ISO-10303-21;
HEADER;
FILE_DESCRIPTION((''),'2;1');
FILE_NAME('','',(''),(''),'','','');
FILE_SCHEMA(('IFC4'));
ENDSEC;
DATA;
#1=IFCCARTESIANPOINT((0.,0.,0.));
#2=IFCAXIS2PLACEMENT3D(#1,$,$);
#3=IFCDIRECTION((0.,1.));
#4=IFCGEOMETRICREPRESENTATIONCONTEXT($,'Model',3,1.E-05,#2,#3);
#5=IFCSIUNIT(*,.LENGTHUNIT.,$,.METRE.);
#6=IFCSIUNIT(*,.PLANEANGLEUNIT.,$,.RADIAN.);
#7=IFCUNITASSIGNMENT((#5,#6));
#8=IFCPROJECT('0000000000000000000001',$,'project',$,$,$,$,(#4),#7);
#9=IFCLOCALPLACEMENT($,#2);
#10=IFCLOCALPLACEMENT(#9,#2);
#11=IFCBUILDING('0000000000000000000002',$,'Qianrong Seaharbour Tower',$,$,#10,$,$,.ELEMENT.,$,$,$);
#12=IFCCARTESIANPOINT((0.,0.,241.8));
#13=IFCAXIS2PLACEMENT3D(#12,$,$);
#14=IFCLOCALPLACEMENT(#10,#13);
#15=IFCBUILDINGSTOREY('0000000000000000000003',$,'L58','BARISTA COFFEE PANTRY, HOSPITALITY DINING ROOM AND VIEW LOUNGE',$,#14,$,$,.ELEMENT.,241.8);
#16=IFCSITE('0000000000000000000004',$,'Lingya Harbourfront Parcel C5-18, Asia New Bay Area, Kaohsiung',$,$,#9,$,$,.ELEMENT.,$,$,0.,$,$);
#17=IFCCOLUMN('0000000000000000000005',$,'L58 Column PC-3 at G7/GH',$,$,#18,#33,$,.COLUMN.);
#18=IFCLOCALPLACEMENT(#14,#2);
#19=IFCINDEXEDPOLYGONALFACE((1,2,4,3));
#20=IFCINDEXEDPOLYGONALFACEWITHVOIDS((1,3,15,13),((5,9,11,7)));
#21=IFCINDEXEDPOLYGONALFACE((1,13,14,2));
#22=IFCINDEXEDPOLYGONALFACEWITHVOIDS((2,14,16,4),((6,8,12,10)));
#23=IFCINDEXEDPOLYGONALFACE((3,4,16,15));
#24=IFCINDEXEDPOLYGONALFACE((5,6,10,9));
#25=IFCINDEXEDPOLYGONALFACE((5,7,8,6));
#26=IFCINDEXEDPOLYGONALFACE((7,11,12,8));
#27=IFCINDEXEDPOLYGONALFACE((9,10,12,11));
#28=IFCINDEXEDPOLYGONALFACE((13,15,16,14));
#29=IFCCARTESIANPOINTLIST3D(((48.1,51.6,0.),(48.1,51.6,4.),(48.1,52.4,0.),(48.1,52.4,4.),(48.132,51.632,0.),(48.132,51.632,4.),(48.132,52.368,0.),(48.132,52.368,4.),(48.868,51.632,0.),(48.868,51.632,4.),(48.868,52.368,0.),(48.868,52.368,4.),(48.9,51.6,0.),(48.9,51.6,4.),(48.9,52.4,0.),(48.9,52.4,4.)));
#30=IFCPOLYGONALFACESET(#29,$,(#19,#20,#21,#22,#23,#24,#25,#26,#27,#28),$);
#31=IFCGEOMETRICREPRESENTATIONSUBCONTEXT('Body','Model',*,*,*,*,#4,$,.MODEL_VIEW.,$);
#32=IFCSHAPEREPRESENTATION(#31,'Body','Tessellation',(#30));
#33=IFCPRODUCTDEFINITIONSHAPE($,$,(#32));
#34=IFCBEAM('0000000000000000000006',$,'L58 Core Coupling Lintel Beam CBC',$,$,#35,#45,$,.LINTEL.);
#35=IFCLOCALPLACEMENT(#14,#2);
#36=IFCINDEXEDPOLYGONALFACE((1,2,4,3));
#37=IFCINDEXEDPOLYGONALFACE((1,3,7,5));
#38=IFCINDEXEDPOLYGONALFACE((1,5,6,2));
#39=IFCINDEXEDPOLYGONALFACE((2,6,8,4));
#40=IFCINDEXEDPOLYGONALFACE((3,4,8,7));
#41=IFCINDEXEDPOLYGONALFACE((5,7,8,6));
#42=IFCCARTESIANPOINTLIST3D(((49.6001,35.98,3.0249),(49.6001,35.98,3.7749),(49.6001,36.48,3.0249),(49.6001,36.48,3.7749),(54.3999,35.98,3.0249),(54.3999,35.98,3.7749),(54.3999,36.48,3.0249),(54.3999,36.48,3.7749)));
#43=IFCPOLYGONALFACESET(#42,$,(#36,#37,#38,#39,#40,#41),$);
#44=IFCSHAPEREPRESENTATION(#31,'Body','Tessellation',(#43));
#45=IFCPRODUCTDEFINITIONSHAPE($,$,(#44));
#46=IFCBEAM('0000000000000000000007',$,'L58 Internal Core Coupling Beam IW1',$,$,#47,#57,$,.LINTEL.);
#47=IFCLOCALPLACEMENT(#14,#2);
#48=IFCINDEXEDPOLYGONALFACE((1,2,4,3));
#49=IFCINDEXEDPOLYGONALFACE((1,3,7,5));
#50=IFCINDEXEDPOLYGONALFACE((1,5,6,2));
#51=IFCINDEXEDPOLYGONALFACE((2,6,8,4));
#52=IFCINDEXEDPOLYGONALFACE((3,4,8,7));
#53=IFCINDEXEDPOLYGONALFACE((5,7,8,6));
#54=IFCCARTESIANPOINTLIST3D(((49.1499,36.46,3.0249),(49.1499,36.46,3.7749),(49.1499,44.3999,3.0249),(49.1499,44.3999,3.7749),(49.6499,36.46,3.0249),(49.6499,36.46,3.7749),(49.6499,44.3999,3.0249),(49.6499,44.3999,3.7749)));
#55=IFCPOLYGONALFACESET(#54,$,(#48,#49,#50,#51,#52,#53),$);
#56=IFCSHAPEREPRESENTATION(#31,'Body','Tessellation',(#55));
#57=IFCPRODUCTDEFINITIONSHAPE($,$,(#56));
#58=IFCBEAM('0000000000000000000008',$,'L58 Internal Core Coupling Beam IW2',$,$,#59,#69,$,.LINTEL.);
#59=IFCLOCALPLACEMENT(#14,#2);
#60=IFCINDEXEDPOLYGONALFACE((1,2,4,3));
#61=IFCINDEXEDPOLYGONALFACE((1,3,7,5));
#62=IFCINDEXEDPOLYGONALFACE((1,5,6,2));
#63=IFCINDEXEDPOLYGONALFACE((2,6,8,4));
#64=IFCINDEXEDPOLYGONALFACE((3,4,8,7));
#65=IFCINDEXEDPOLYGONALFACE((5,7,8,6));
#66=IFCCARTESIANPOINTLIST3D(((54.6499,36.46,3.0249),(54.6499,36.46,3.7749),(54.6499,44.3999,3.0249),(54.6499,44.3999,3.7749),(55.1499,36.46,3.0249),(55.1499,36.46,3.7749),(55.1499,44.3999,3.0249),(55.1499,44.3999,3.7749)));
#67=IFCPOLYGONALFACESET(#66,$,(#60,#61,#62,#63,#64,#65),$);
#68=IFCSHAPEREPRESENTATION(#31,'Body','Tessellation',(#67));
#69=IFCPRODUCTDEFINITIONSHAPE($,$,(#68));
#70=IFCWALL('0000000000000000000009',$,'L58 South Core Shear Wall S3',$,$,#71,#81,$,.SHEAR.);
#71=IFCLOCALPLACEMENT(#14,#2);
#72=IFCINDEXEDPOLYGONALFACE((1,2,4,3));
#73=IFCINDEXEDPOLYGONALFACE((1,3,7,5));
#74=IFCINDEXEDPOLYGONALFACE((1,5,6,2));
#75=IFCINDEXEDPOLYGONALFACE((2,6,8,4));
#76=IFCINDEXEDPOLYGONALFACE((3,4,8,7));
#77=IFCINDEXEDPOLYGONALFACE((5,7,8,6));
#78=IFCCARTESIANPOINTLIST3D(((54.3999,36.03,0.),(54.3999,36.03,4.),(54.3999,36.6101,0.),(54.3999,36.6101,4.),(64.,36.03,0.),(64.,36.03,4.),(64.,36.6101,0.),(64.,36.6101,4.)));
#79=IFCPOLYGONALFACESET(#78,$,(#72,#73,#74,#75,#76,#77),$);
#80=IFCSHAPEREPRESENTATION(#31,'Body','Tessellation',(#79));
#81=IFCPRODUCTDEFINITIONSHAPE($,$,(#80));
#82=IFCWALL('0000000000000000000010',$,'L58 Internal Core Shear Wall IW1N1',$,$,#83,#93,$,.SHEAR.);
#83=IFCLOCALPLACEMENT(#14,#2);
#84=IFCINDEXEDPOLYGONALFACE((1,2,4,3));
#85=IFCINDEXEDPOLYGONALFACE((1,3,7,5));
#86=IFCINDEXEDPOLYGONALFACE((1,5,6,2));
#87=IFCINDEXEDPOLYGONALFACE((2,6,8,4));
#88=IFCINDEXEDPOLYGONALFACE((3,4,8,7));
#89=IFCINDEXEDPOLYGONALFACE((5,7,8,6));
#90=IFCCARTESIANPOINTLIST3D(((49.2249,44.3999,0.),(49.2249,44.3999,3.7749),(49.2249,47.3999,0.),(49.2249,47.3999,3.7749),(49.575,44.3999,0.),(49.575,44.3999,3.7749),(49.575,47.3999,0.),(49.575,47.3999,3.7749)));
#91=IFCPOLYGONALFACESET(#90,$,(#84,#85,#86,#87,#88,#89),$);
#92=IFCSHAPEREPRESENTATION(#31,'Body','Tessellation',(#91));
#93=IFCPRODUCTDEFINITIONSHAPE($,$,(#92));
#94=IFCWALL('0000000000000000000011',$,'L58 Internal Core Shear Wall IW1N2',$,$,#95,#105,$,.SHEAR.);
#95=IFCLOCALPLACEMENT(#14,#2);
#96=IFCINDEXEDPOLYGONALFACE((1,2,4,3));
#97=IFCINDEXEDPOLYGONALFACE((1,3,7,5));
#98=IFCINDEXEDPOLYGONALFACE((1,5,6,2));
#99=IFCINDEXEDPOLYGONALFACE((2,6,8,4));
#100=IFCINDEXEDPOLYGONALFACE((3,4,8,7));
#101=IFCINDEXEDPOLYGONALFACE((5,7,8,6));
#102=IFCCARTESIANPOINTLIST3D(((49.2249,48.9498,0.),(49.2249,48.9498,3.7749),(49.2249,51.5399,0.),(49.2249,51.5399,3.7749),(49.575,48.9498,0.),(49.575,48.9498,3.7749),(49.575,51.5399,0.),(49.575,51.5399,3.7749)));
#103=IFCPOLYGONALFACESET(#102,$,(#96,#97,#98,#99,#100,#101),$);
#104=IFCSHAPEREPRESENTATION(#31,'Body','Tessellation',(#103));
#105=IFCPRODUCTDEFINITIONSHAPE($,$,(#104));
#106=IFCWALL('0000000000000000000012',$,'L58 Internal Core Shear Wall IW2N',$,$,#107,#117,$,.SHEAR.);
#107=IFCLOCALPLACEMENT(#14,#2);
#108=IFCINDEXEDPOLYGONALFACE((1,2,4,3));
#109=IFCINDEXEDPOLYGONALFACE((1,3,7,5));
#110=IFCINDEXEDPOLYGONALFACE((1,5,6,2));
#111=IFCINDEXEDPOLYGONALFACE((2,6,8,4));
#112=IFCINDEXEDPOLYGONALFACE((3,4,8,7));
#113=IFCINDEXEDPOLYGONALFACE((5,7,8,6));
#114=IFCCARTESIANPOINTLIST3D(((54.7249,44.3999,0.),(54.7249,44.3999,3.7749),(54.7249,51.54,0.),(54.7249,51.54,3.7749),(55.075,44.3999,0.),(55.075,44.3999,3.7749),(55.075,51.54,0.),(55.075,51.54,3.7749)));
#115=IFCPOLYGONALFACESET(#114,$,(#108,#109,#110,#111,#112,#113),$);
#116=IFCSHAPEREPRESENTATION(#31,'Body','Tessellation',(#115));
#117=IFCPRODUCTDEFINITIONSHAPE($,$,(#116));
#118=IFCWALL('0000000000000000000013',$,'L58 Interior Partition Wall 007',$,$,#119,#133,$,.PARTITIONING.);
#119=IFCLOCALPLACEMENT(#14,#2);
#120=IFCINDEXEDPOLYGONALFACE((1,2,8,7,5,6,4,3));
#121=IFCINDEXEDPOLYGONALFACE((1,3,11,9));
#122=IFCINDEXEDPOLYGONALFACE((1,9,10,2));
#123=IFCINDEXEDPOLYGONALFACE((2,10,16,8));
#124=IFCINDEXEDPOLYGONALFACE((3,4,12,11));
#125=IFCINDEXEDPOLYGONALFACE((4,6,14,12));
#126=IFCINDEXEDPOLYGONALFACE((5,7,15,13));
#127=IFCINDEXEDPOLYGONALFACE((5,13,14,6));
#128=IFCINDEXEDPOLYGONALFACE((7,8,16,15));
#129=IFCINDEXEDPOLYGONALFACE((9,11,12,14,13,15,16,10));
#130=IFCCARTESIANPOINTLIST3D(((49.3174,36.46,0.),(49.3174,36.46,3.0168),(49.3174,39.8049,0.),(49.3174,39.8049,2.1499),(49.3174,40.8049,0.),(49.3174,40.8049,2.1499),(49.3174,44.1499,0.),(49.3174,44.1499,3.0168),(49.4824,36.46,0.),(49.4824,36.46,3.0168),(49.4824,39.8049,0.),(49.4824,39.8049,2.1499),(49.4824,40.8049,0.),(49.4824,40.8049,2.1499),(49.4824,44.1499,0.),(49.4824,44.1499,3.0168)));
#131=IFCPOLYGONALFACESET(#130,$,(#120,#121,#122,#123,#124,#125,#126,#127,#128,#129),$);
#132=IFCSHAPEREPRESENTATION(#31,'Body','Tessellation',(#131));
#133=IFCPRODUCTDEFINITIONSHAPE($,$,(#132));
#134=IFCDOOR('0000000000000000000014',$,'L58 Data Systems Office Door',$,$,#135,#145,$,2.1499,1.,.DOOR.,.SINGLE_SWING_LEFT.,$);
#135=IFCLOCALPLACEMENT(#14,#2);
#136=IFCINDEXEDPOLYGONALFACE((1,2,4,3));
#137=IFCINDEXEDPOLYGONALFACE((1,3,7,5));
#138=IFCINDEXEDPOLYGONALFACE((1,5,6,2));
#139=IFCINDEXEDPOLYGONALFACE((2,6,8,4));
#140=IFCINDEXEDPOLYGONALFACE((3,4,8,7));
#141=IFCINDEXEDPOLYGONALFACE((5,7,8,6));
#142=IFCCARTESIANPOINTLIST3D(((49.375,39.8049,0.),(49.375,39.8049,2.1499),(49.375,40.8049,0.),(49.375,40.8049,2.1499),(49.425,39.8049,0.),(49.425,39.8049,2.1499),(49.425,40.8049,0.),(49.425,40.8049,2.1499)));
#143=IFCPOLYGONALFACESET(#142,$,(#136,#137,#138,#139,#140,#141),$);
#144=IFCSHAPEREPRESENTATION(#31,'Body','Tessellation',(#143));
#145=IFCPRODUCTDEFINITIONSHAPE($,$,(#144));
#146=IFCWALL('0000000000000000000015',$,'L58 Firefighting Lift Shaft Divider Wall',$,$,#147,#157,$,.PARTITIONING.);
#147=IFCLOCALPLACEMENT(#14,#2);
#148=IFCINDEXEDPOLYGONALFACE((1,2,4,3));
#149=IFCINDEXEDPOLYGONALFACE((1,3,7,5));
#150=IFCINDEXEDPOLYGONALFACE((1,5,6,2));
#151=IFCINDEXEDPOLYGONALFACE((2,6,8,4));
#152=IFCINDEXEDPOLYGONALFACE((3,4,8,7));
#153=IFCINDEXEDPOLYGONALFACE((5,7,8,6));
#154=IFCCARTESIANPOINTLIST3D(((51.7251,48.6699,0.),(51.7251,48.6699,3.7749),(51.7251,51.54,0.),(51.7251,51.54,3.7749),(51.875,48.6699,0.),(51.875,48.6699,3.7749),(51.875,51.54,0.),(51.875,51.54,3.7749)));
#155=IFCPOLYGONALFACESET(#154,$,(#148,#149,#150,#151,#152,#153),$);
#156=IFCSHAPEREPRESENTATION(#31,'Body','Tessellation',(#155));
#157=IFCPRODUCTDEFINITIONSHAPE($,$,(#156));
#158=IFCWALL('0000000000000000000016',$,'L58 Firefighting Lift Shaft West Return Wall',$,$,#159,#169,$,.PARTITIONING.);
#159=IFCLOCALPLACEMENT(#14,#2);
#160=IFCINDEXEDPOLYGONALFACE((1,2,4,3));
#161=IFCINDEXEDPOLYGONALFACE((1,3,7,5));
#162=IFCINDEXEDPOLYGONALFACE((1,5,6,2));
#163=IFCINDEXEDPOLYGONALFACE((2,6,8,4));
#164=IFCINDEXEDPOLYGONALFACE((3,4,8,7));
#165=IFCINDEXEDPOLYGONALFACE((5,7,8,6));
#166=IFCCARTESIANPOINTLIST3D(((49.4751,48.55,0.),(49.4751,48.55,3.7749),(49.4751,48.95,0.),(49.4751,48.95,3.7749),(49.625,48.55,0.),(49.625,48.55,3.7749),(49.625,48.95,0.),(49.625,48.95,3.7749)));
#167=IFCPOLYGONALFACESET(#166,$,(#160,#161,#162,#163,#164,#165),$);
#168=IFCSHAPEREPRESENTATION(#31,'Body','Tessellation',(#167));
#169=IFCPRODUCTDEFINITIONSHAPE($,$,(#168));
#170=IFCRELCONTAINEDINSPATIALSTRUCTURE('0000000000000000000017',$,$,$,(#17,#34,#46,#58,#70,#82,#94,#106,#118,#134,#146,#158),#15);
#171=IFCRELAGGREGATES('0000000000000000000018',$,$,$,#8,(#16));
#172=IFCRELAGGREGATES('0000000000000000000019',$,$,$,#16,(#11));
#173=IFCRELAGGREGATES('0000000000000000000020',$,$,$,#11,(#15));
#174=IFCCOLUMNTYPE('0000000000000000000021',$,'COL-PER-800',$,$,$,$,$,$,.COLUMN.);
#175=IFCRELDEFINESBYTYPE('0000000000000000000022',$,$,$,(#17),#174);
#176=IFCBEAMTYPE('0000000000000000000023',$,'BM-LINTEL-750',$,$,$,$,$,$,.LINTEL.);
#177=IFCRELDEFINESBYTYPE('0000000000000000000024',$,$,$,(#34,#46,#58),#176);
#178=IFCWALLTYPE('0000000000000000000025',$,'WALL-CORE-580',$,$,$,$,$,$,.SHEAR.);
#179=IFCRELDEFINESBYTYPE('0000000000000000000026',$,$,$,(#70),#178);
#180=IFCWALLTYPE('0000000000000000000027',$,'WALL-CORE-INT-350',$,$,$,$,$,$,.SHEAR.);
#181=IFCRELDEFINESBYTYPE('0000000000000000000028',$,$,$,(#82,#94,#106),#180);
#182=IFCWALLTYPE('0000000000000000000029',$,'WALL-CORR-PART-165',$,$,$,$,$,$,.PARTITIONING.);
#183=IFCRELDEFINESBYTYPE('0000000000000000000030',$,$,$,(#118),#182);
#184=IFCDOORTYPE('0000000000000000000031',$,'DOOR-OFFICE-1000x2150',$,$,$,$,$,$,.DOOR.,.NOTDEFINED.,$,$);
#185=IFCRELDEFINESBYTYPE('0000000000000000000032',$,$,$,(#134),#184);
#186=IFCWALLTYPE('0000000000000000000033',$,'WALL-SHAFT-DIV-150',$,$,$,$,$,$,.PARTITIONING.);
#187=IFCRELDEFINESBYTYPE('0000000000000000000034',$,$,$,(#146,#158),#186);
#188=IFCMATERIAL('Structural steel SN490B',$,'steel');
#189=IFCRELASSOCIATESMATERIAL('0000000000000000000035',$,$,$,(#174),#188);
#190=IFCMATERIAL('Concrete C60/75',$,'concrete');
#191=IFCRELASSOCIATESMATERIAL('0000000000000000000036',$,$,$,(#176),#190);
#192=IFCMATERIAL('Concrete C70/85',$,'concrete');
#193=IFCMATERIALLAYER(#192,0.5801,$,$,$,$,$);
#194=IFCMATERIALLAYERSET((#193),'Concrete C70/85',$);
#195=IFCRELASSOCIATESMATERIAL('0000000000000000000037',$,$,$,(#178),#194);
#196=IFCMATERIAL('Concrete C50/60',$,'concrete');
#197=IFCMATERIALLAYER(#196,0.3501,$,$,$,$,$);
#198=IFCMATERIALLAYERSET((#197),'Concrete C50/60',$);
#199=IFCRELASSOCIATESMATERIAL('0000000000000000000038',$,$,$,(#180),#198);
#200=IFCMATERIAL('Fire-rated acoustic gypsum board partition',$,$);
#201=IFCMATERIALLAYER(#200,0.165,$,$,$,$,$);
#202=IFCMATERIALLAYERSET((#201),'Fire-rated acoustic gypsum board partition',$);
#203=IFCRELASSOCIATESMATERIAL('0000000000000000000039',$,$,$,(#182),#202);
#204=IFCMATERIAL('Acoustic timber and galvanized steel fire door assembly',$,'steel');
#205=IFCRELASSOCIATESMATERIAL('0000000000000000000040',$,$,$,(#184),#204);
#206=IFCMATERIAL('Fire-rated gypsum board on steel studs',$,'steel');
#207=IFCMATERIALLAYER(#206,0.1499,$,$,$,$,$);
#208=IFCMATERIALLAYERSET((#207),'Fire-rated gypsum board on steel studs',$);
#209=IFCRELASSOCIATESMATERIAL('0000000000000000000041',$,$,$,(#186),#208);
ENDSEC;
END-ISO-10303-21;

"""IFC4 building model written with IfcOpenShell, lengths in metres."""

from ifc_helpers import new_model, si_unit, direction, frame, frame_2d, origin, origin_2d, place, context, subcontext, project, spatial, rectangle, hollow_rectangle, extrude, material, layer, layer_set, material_profile, profile_set, type_object, element, fill, save


model = new_model("IFC4")

# Units and contexts
model_context = context("Model", 3, precision=1e-05, world=origin(), true_north=direction((0.0, 1.0)))
body_context = subcontext(model_context, "Body", "Model", "MODEL_VIEW")
ifc_project = project(units=[si_unit("LENGTHUNIT", "METRE"), si_unit("PLANEANGLEUNIT", "RADIAN")], contexts=[model_context])

# Site, building, storey
site_placement = place(None, origin())
site = spatial("IfcSite", under=ifc_project, at=site_placement, Name="Lingya Harbourfront Parcel C5-18, Asia New Bay Area, Kaohsiung", CompositionType="ELEMENT", RefElevation=0.0)
building_placement = place(site_placement, origin())
building = spatial("IfcBuilding", under=site, at=building_placement, Name="Qianrong Seaharbour Tower", CompositionType="ELEMENT")
storey_placement = place(building_placement, frame((0.0, 0.0, 241.8)))
storey = spatial("IfcBuildingStorey", under=building, at=storey_placement, Name="L58", Description="BARISTA COFFEE PANTRY, HOSPITALITY DINING ROOM AND VIEW LOUNGE", CompositionType="ELEMENT", Elevation=241.8)

# Column
ifc_material_1 = material(Name="Structural steel SN490B", Category="steel")
ifc_material_profile_1 = material_profile(ifc_material_1, hollow_rectangle(XDim=0.8, YDim=0.8, WallThickness=0.032, at=origin_2d()), Name="BOX800x800x32")
ifc_profile_set_1 = profile_set([ifc_material_profile_1], Name="Structural steel SN490B")
column_type = type_object("IfcColumnType", Name="COL-PER-800", PredefinedType="COLUMN", material=ifc_profile_set_1)
column_placement = place(storey_placement, frame((48.5, 52.0, 0.0), z_axis=(0.0, 0.0, 1.0), x_axis=(1.0, 0.0, 0.0)))
element("IfcColumn", 1, at=column_placement, inside=storey, type_object=column_type, Name="L58 Column PC-3 at G7/GH", PredefinedType="COLUMN", context=body_context, shape_type="SweptSolid", body=[
    extrude(hollow_rectangle(XDim=0.8, YDim=0.8, WallThickness=0.032, at=origin_2d()), origin(), (0.0, 0.0, 1.0), 4.0),
])

# Beams
ifc_material_2 = material(Name="Concrete C60/75", Category="concrete")
ifc_material_profile_2 = material_profile(ifc_material_2, rectangle(XDim=0.5, YDim=0.75, at=origin_2d()), Name="RC500x750")
ifc_profile_set_2 = profile_set([ifc_material_profile_2], Name="Concrete C60/75")
beam_type = type_object("IfcBeamType", Name="BM-LINTEL-750", PredefinedType="LINTEL", material=ifc_profile_set_2)
beam_placement = place(storey_placement, frame((49.6001, 36.23, 3.3999), z_axis=(1.0, 0.0, 0.0), x_axis=(0.0, 1.0, 0.0)))
element("IfcBeam", 2, at=beam_placement, inside=storey, type_object=beam_type, Name="L58 Core Coupling Lintel Beam CBC", PredefinedType="LINTEL", context=body_context, shape_type="SweptSolid", body=[
    extrude(rectangle(XDim=0.5, YDim=0.75, at=origin_2d()), origin(), (0.0, 0.0, 1.0), 4.7998),
])
for number, where, z_axis, x_axis, name in (
    (3, (49.3999, 36.46, 3.3999), (0.0, 1.0, 0.0), (-1.0, 0.0, 0.0), "L58 Internal Core Coupling Beam IW1"),
    (4, (54.8999, 36.46, 3.3999), (0.0, 1.0, 0.0), (-1.0, 0.0, 0.0), "L58 Internal Core Coupling Beam IW2"),
):
    element("IfcBeam", number, at=place(storey_placement, frame(where, z_axis=z_axis, x_axis=x_axis)), inside=storey, type_object=beam_type, Name=name, PredefinedType="LINTEL", context=body_context, shape_type="SweptSolid", body=[
        extrude(rectangle(XDim=0.5, YDim=0.75, at=origin_2d()), origin(), (0.0, 0.0, 1.0), 7.9399),
    ])

# Walls
ifc_material_3 = material(Name="Concrete C70/85", Category="concrete")
ifc_layer_1 = layer(ifc_material_3, 0.5801)
ifc_layer_set_1 = layer_set([ifc_layer_1], Name="Concrete C70/85")
wall_type_1 = type_object("IfcWallType", Name="WALL-CORE-580", PredefinedType="SHEAR", material=ifc_layer_set_1)
wall_1_placement = place(storey_placement, frame((54.3999, 36.3201, 0.0), z_axis=(0.0, 0.0, 1.0), x_axis=(1.0, 0.0, 0.0)))
element("IfcWall", 5, at=wall_1_placement, inside=storey, type_object=wall_type_1, Name="L58 South Core Shear Wall S3", PredefinedType="SHEAR", context=body_context, shape_type="SweptSolid", body=[
    extrude(rectangle(XDim=9.6001, YDim=0.5801, at=frame_2d((4.8, 0.0))), origin(), (0.0, 0.0, 1.0), 4.0),
])
ifc_material_4 = material(Name="Concrete C50/60", Category="concrete")
ifc_layer_2 = layer(ifc_material_4, 0.3501)
ifc_layer_set_2 = layer_set([ifc_layer_2], Name="Concrete C50/60")
wall_type_2 = type_object("IfcWallType", Name="WALL-CORE-INT-350", PredefinedType="SHEAR", material=ifc_layer_set_2)
wall_2_placement = place(storey_placement, frame((49.3999, 44.3999, 0.0), z_axis=(0.0, 0.0, 1.0), x_axis=(0.0, 1.0, 0.0)))
element("IfcWall", 6, at=wall_2_placement, inside=storey, type_object=wall_type_2, Name="L58 Internal Core Shear Wall IW1N1", PredefinedType="SHEAR", context=body_context, shape_type="SweptSolid", body=[
    extrude(rectangle(XDim=3.0, YDim=0.3501, at=frame_2d((1.5, 0.0))), origin(), (0.0, 0.0, 1.0), 3.7749),
])
wall_3_placement = place(storey_placement, frame((49.3999, 48.95, 0.0), z_axis=(0.0, 0.0, 1.0), x_axis=(0.0, 1.0, 0.0)))
element("IfcWall", 7, at=wall_3_placement, inside=storey, type_object=wall_type_2, Name="L58 Internal Core Shear Wall IW1N2", PredefinedType="SHEAR", context=body_context, shape_type="SweptSolid", body=[
    extrude(rectangle(XDim=2.5901, YDim=0.3501, at=frame_2d((1.2949, 0.0))), origin(), (0.0, 0.0, 1.0), 3.7749),
])
wall_4_placement = place(storey_placement, frame((54.8999, 44.3999, 0.0), z_axis=(0.0, 0.0, 1.0), x_axis=(0.0, 1.0, 0.0)))
element("IfcWall", 8, at=wall_4_placement, inside=storey, type_object=wall_type_2, Name="L58 Internal Core Shear Wall IW2N", PredefinedType="SHEAR", context=body_context, shape_type="SweptSolid", body=[
    extrude(rectangle(XDim=7.1401, YDim=0.3501, at=frame_2d((3.5701, 0.0))), origin(), (0.0, 0.0, 1.0), 3.7749),
])

# Wall, opening, door
ifc_material_5 = material(Name="Fire-rated acoustic gypsum board partition")
ifc_layer_3 = layer(ifc_material_5, 0.165)
ifc_layer_set_3 = layer_set([ifc_layer_3], Name="Fire-rated acoustic gypsum board partition")
wall_type_3 = type_object("IfcWallType", Name="WALL-CORR-PART-165", PredefinedType="PARTITIONING", material=ifc_layer_set_3)
ifc_material_6 = material(Name="Acoustic timber and galvanized steel fire door assembly", Category="steel")
wall_5_placement = place(storey_placement, frame((49.3999, 36.46, 0.0), z_axis=(0.0, 0.0, 1.0), x_axis=(0.0, 1.0, 0.0)))
wall_5 = element("IfcWall", 9, at=wall_5_placement, inside=storey, type_object=wall_type_3, Name="L58 Interior Partition Wall 007", PredefinedType="PARTITIONING", context=body_context, shape_type="SweptSolid", body=[
    extrude(rectangle(XDim=7.6899, YDim=0.165, at=frame_2d((3.845, 0.0))), origin(), (0.0, 0.0, 1.0), 3.0168),
])
opening_1_placement = place(wall_5_placement, frame((3.345, 0.0, 0.0)))
opening_1 = element("IfcOpeningElement", 10, at=opening_1_placement, cuts=wall_5, PredefinedType="OPENING", context=body_context, shape_type="SweptSolid", body=[
    extrude(rectangle(XDim=1.0, YDim=2.1499, at=frame_2d((0.5, 1.075))), frame((0.0, 0.0925, 0.0), z_axis=(0.0, -1.0, 0.0), x_axis=(1.0, 0.0, 0.0)), (0.0, 0.0, 1.0), 0.1851),
])
door_type_1 = type_object("IfcDoorType", Name="DOOR-OFFICE-1000x2150", OperationType="NOTDEFINED", PredefinedType="DOOR", material=ifc_material_6)
door_1_placement = place(opening_1_placement, origin())
door_1 = element("IfcDoor", 11, at=door_1_placement, inside=storey, type_object=door_type_1, Name="L58 Data Systems Office Door", OperationType="SINGLE_SWING_LEFT", OverallHeight=2.1499, OverallWidth=1.0, PredefinedType="DOOR", context=body_context, shape_type="SweptSolid", body=[
    extrude(rectangle(XDim=1.0, YDim=2.1499, at=frame_2d((0.5, 1.075))), frame((0.0, 0.0249, 0.0), z_axis=(0.0, -1.0, 0.0), x_axis=(1.0, 0.0, 0.0)), (0.0, 0.0, 1.0), 0.05),
])
fill(opening_1, door_1)

# Walls
ifc_material_7 = material(Name="Fire-rated gypsum board on steel studs", Category="steel")
ifc_layer_4 = layer(ifc_material_7, 0.1499)
ifc_layer_set_4 = layer_set([ifc_layer_4], Name="Fire-rated gypsum board on steel studs")
wall_type_4 = type_object("IfcWallType", Name="WALL-SHAFT-DIV-150", PredefinedType="PARTITIONING", material=ifc_layer_set_4)
wall_6_placement = place(storey_placement, frame((51.8, 48.6699, 0.0), z_axis=(0.0, 0.0, 1.0), x_axis=(0.0, 1.0, 0.0)))
element("IfcWall", 12, at=wall_6_placement, inside=storey, type_object=wall_type_4, Name="L58 Firefighting Lift Shaft Divider Wall", PredefinedType="PARTITIONING", context=body_context, shape_type="SweptSolid", body=[
    extrude(rectangle(XDim=2.8701, YDim=0.1499, at=frame_2d((1.4351, 0.0))), origin(), (0.0, 0.0, 1.0), 3.7749),
])
wall_7_placement = place(storey_placement, frame((49.55, 48.55, 0.0), z_axis=(0.0, 0.0, 1.0), x_axis=(0.0, 1.0, 0.0)))
element("IfcWall", 13, at=wall_7_placement, inside=storey, type_object=wall_type_4, Name="L58 Firefighting Lift Shaft West Return Wall", PredefinedType="PARTITIONING", context=body_context, shape_type="SweptSolid", body=[
    extrude(rectangle(XDim=0.3999, YDim=0.1499, at=frame_2d((0.2, 0.0))), origin(), (0.0, 0.0, 1.0), 3.7749),
])

save(model, "model.ifc")
